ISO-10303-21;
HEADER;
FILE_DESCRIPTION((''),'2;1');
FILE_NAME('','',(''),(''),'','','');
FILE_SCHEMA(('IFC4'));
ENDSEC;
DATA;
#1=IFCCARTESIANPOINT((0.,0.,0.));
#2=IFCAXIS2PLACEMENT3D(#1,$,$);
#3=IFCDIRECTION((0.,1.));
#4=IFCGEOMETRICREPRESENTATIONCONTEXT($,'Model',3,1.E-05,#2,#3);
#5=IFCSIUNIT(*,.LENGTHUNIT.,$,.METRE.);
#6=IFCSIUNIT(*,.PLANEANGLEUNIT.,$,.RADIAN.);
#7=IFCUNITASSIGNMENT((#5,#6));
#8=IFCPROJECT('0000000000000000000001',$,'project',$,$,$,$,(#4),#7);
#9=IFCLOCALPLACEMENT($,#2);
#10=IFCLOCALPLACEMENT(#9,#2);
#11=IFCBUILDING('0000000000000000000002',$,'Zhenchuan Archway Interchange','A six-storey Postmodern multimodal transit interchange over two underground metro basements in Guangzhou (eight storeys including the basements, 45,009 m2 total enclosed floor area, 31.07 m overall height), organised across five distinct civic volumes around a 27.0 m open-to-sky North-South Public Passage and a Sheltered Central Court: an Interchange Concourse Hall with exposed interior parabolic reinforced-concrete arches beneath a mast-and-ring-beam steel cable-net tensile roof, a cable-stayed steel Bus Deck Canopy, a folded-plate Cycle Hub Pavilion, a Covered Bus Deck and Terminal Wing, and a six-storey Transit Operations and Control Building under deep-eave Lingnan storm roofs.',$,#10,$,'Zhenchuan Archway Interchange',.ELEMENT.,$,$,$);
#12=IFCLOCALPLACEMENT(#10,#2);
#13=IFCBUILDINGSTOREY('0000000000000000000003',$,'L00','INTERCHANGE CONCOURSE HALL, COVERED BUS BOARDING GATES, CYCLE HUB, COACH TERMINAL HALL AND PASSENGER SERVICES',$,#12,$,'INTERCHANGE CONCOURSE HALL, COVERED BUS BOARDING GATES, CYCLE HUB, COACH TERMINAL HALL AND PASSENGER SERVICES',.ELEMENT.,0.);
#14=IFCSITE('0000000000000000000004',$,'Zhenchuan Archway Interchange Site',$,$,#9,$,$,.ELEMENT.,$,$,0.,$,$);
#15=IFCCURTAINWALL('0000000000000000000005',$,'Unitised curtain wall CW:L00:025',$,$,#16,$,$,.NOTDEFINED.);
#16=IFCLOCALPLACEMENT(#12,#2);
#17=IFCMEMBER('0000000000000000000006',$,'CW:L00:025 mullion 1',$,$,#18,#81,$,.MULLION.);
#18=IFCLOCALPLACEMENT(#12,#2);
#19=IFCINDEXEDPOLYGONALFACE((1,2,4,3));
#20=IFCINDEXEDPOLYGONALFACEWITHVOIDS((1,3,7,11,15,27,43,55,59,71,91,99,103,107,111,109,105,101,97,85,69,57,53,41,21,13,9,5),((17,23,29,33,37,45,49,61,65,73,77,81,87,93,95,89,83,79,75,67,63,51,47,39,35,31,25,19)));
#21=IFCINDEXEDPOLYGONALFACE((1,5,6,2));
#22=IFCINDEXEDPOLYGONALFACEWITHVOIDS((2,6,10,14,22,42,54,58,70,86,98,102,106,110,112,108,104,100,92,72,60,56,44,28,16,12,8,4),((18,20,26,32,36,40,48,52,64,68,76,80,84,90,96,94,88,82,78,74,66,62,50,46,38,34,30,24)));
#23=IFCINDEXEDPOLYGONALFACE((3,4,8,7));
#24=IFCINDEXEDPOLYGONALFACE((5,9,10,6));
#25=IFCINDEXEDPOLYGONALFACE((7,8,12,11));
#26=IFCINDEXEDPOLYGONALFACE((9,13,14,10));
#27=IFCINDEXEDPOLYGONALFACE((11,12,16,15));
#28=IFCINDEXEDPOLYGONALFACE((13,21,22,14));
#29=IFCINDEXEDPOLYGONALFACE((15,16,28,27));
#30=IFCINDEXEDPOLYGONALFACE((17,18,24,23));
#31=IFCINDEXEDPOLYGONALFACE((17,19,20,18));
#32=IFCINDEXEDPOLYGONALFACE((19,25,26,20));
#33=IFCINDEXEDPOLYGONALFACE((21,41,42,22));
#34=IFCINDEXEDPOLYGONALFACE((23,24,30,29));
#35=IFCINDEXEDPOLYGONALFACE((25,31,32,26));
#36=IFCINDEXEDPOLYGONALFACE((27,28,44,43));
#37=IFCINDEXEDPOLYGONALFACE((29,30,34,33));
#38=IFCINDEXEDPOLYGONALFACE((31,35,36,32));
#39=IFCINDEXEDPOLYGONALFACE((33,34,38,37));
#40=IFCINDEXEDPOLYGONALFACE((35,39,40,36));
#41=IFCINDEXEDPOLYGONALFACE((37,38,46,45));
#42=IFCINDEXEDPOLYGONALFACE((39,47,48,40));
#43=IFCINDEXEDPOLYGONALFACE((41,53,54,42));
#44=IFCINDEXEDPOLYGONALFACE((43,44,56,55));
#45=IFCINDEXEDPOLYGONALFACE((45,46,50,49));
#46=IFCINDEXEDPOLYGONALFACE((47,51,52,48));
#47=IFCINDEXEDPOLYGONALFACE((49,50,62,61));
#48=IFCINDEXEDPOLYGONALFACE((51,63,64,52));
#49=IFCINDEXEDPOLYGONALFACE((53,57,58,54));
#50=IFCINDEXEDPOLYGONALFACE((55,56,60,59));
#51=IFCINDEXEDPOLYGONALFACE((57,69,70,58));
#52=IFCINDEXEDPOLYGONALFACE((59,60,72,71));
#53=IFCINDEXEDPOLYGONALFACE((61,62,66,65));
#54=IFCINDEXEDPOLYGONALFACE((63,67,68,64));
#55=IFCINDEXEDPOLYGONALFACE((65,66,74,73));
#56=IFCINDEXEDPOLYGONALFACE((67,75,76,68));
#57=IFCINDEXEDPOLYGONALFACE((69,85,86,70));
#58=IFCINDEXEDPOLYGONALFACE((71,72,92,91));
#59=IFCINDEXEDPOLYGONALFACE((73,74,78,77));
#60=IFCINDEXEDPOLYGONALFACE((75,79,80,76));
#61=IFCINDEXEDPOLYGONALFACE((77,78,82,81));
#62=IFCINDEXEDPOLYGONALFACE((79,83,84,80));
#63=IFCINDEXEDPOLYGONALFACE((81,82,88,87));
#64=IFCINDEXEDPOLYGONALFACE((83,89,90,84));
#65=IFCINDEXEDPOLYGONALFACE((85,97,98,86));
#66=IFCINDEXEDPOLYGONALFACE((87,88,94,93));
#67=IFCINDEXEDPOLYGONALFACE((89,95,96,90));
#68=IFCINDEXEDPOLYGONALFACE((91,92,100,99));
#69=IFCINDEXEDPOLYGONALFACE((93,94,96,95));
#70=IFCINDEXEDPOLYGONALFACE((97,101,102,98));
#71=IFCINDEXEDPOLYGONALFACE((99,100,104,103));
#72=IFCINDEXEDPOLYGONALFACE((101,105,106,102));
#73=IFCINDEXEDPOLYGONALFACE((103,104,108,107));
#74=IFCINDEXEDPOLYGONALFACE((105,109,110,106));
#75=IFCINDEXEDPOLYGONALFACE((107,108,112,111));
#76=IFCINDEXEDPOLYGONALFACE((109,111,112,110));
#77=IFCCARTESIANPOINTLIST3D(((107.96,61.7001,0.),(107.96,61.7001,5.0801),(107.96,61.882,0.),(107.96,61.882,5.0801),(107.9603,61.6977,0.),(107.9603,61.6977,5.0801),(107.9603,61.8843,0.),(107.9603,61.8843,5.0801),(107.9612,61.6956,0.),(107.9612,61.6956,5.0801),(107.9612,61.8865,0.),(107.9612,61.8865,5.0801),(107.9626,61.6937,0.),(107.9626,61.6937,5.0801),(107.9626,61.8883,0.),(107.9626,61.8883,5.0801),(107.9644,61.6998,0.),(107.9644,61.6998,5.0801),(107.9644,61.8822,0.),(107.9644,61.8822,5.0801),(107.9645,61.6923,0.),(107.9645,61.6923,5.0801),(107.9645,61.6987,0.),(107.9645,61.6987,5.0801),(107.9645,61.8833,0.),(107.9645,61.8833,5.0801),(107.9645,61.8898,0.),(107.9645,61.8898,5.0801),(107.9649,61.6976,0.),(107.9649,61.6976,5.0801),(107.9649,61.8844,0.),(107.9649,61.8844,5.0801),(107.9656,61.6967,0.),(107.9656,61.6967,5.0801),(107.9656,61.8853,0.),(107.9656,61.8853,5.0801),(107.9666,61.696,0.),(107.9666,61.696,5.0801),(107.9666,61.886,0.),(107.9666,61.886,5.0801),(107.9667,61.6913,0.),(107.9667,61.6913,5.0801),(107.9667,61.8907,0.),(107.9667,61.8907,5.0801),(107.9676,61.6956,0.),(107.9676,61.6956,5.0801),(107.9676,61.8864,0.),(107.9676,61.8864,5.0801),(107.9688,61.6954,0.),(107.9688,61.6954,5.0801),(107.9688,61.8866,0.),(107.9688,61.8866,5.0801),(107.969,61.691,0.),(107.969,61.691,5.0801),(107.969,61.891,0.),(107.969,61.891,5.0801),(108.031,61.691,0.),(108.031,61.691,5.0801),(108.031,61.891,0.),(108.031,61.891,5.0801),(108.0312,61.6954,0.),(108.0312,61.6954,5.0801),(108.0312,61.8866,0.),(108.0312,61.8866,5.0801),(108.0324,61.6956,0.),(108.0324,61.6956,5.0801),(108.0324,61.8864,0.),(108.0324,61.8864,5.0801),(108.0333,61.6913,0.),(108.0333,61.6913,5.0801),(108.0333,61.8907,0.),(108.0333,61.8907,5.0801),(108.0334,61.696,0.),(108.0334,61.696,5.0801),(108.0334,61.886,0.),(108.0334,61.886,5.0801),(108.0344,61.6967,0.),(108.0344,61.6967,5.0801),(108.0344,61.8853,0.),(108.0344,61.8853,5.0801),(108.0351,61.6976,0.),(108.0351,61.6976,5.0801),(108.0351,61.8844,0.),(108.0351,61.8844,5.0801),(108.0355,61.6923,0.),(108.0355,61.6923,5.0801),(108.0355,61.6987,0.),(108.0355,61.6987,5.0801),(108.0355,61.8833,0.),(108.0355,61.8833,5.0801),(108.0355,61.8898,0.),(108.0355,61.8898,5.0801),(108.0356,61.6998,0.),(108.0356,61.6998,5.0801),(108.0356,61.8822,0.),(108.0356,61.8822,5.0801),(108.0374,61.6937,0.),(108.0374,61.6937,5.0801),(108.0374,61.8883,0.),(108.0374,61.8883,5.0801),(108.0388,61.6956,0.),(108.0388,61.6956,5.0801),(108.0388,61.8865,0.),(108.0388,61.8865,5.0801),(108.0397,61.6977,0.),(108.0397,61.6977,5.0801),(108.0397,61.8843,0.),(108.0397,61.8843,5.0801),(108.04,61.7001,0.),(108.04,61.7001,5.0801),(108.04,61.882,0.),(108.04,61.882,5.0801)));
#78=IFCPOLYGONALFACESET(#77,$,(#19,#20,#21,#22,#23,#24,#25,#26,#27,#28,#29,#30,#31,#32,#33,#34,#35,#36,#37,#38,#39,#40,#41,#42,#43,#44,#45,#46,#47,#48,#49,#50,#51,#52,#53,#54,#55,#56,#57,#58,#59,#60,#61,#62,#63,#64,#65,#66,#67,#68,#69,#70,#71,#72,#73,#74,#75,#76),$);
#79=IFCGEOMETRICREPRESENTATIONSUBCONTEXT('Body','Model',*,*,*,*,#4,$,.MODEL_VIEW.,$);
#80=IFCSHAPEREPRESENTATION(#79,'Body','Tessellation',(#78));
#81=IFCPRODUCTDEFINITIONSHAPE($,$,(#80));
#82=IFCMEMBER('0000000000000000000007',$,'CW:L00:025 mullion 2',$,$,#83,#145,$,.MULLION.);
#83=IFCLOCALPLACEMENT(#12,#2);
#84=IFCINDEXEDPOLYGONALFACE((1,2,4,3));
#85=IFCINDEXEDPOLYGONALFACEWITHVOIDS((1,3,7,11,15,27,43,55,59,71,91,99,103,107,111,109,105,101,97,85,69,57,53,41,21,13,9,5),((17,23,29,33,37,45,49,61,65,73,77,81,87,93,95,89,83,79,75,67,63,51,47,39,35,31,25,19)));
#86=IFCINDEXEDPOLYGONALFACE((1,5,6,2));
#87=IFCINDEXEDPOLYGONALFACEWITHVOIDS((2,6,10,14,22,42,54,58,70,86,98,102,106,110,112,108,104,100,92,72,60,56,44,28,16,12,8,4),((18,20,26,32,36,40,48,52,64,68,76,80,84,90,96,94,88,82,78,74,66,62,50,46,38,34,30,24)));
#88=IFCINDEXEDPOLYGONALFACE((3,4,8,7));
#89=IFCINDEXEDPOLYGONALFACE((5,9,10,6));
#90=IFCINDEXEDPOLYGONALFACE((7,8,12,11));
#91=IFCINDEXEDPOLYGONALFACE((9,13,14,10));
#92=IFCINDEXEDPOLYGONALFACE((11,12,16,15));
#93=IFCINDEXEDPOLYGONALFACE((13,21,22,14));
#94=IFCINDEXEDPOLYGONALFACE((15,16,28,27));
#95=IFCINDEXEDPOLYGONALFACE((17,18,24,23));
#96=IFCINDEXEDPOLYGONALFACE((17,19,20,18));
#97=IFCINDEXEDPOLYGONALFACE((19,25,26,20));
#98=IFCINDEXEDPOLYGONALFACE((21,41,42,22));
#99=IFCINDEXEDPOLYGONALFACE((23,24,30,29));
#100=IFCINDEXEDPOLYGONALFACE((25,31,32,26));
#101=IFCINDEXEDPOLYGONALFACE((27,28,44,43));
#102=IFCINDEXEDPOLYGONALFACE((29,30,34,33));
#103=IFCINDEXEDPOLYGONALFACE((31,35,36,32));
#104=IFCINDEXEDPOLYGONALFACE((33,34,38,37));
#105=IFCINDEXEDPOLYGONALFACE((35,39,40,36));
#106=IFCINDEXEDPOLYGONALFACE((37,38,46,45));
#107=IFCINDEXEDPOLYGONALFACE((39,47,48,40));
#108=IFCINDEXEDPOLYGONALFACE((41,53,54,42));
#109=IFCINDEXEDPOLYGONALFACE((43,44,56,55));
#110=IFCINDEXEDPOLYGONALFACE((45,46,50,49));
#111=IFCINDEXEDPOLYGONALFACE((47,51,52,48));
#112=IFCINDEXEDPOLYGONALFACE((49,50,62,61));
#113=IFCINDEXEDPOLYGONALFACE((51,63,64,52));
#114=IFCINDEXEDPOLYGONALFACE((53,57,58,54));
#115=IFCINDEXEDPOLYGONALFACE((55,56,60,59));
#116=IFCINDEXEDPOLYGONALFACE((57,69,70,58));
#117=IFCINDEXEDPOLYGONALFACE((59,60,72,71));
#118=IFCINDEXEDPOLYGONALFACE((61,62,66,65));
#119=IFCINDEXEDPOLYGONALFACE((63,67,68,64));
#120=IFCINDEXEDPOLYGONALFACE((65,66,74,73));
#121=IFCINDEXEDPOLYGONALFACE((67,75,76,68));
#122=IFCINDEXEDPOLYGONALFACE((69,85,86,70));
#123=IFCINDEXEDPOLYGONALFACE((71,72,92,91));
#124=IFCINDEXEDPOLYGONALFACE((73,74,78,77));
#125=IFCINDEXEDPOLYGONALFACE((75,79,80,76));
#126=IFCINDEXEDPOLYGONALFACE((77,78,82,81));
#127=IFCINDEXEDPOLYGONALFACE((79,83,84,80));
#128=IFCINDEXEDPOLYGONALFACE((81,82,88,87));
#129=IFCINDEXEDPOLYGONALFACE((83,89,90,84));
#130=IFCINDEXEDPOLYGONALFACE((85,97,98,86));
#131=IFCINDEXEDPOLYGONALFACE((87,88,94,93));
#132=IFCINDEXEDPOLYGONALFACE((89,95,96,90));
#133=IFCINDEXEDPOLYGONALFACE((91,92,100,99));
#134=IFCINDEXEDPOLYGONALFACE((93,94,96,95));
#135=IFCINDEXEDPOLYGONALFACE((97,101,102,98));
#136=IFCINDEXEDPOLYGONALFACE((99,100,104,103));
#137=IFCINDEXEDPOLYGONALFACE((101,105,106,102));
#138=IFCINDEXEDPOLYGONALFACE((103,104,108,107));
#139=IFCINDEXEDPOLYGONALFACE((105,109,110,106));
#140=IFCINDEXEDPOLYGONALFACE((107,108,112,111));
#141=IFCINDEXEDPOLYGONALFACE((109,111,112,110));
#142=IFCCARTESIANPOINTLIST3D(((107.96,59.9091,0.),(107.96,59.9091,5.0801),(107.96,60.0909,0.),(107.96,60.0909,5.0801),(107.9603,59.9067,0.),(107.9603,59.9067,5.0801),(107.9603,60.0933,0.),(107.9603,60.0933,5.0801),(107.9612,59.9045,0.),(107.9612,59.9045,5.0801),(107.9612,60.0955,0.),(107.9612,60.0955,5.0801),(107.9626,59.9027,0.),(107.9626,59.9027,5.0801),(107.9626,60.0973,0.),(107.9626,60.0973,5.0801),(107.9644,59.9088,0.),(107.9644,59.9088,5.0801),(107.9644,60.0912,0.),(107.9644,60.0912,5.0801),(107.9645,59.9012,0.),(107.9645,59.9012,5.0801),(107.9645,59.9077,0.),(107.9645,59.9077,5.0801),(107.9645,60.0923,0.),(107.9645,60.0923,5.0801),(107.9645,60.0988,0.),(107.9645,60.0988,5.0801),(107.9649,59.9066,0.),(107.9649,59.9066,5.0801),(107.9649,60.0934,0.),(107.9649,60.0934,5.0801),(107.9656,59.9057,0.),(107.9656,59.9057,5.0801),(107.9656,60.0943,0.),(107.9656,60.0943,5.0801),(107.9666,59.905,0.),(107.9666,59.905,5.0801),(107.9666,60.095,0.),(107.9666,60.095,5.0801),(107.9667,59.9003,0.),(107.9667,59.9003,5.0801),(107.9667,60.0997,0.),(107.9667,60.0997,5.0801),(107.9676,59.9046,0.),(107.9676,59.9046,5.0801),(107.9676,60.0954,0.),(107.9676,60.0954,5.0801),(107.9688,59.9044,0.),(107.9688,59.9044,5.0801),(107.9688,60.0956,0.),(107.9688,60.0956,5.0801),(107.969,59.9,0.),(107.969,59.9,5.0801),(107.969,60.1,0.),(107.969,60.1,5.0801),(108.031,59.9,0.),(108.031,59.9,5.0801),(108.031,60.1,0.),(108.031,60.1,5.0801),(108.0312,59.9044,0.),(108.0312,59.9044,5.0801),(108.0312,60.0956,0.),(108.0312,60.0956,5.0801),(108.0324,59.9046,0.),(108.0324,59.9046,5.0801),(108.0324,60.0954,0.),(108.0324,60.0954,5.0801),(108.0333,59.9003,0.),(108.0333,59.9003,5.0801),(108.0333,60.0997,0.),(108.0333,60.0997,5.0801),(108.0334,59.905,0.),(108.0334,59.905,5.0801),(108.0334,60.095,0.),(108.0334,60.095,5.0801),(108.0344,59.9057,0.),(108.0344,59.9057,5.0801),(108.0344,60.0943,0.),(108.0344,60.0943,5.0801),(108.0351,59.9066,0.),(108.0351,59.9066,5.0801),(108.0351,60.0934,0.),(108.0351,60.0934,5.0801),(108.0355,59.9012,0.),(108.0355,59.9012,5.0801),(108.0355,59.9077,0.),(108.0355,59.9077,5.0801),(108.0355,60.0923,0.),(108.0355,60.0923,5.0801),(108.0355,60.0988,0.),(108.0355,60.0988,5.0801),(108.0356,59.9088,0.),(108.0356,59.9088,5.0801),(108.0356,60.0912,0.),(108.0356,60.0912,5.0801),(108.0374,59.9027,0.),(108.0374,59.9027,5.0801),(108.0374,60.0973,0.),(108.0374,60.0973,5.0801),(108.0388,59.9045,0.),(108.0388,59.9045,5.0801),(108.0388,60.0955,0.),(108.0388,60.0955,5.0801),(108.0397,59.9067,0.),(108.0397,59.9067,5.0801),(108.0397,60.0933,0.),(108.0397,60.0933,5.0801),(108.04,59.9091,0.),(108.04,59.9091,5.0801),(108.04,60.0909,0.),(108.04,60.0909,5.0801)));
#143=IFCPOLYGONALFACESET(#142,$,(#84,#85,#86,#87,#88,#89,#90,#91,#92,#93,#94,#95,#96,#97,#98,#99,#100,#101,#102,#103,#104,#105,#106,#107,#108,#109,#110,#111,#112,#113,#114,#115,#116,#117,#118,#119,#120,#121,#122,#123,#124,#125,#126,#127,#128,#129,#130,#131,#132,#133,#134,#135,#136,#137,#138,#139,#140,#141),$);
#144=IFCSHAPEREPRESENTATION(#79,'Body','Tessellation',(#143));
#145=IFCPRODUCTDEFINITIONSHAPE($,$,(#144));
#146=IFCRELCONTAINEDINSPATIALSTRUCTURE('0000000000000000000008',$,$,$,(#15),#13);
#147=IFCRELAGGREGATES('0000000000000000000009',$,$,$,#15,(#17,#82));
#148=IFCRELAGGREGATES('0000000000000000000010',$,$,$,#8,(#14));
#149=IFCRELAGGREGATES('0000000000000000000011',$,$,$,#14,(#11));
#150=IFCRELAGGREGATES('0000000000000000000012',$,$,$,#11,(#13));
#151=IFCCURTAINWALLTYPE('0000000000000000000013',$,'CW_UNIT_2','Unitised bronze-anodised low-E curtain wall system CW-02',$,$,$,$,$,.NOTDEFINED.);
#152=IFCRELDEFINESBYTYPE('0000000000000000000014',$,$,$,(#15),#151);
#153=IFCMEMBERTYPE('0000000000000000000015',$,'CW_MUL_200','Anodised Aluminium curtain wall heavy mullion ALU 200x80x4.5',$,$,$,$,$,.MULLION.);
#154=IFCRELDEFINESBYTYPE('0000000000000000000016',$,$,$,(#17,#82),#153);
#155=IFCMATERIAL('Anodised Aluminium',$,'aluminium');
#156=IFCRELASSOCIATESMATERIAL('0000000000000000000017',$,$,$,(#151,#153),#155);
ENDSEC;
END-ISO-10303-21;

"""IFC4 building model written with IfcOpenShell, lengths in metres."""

from ifc_helpers import new_model, si_unit, direction, frame, origin, origin_2d, place, context, subcontext, project, spatial, hollow_rectangle, extrude, material, material_profile, profile_set, type_object, element, aggregate, save


model = new_model("IFC4")

# Units and contexts
model_context = context("Model", 3, precision=1e-05, world=origin(), true_north=direction((0.0, 1.0)))
body_context = subcontext(model_context, "Body", "Model", "MODEL_VIEW")
ifc_project = project(units=[si_unit("LENGTHUNIT", "METRE"), si_unit("PLANEANGLEUNIT", "RADIAN")], contexts=[model_context])

# Site, building, storey
site_placement = place(None, origin())
site = spatial("IfcSite", under=ifc_project, at=site_placement, Name="Zhenchuan Archway Interchange Site", CompositionType="ELEMENT", RefElevation=0.0)
building_placement = place(site_placement, origin())
building = spatial("IfcBuilding", under=site, at=building_placement, Name="Zhenchuan Archway Interchange", Description="A six-storey Postmodern multimodal transit interchange over two underground metro basements in Guangzhou (eight storeys including the basements, 45,009 m2 total enclosed floor area, 31.07 m overall height), organised across five distinct civic volumes around a 27.0 m open-to-sky North-South Public Passage and a Sheltered Central Court: an Interchange Concourse Hall with exposed interior parabolic reinforced-concrete arches beneath a mast-and-ring-beam steel cable-net tensile roof, a cable-stayed steel Bus Deck Canopy, a folded-plate Cycle Hub Pavilion, a Covered Bus Deck and Terminal Wing, and a six-storey Transit Operations and Control Building under deep-eave Lingnan storm roofs.", LongName="Zhenchuan Archway Interchange", CompositionType="ELEMENT")
storey_placement = place(building_placement, origin())
storey = spatial("IfcBuildingStorey", under=building, at=storey_placement, Name="L00", Description="INTERCHANGE CONCOURSE HALL, COVERED BUS BOARDING GATES, CYCLE HUB, COACH TERMINAL HALL AND PASSENGER SERVICES", LongName="INTERCHANGE CONCOURSE HALL, COVERED BUS BOARDING GATES, CYCLE HUB, COACH TERMINAL HALL AND PASSENGER SERVICES", CompositionType="ELEMENT", Elevation=0.0)

# Curtain wall, members
ifc_material_1 = material(Name="Anodised Aluminium", Category="aluminium")
curtain_wall_type = type_object("IfcCurtainWallType", Name="CW_UNIT_2", Description="Unitised bronze-anodised low-E curtain wall system CW-02", PredefinedType="NOTDEFINED", material=ifc_material_1)
curtain_wall_placement = place(storey_placement, origin())
curtain_wall = element("IfcCurtainWall", 1, at=curtain_wall_placement, inside=storey, type_object=curtain_wall_type, Name="Unitised curtain wall CW:L00:025", PredefinedType="NOTDEFINED")
ifc_material_profile_1 = material_profile(ifc_material_1, hollow_rectangle(XDim=0.0801, YDim=0.2, WallThickness=0.0044, InnerFilletRadius=0.0044, OuterFilletRadius=0.009, at=origin_2d()), Name="ALU 200x80x4.5")
ifc_profile_set_1 = profile_set([ifc_material_profile_1], Name="Anodised Aluminium")
member_type_1 = type_object("IfcMemberType", Name="CW_MUL_200", Description="Anodised Aluminium curtain wall heavy mullion ALU 200x80x4.5", PredefinedType="MULLION", material=ifc_profile_set_1)
member_1_placement = place(storey_placement, frame((108.0, 61.791, 0.0), z_axis=(0.0, 0.0, 1.0), x_axis=(1.0, 0.0, 0.0)))
member_1 = element("IfcMember", 2, at=member_1_placement, type_object=member_type_1, Name="CW:L00:025 mullion 1", PredefinedType="MULLION", context=body_context, shape_type="SweptSolid", body=[
    extrude(hollow_rectangle(XDim=0.0801, YDim=0.2, WallThickness=0.0044, InnerFilletRadius=0.0044, OuterFilletRadius=0.009, at=origin_2d()), origin(), (0.0, 0.0, 1.0), 5.0801),
])
member_2_placement = place(storey_placement, frame((108.0, 60.0, 0.0), z_axis=(0.0, 0.0, 1.0), x_axis=(1.0, 0.0, 0.0)))
member_2 = element("IfcMember", 3, at=member_2_placement, type_object=member_type_1, Name="CW:L00:025 mullion 2", PredefinedType="MULLION", context=body_context, shape_type="SweptSolid", body=[
    extrude(hollow_rectangle(XDim=0.0801, YDim=0.2, WallThickness=0.0044, InnerFilletRadius=0.0044, OuterFilletRadius=0.009, at=origin_2d()), origin(), (0.0, 0.0, 1.0), 5.0801),
])
aggregate(curtain_wall, [member_1, member_2])

save(model, "model.ifc")
